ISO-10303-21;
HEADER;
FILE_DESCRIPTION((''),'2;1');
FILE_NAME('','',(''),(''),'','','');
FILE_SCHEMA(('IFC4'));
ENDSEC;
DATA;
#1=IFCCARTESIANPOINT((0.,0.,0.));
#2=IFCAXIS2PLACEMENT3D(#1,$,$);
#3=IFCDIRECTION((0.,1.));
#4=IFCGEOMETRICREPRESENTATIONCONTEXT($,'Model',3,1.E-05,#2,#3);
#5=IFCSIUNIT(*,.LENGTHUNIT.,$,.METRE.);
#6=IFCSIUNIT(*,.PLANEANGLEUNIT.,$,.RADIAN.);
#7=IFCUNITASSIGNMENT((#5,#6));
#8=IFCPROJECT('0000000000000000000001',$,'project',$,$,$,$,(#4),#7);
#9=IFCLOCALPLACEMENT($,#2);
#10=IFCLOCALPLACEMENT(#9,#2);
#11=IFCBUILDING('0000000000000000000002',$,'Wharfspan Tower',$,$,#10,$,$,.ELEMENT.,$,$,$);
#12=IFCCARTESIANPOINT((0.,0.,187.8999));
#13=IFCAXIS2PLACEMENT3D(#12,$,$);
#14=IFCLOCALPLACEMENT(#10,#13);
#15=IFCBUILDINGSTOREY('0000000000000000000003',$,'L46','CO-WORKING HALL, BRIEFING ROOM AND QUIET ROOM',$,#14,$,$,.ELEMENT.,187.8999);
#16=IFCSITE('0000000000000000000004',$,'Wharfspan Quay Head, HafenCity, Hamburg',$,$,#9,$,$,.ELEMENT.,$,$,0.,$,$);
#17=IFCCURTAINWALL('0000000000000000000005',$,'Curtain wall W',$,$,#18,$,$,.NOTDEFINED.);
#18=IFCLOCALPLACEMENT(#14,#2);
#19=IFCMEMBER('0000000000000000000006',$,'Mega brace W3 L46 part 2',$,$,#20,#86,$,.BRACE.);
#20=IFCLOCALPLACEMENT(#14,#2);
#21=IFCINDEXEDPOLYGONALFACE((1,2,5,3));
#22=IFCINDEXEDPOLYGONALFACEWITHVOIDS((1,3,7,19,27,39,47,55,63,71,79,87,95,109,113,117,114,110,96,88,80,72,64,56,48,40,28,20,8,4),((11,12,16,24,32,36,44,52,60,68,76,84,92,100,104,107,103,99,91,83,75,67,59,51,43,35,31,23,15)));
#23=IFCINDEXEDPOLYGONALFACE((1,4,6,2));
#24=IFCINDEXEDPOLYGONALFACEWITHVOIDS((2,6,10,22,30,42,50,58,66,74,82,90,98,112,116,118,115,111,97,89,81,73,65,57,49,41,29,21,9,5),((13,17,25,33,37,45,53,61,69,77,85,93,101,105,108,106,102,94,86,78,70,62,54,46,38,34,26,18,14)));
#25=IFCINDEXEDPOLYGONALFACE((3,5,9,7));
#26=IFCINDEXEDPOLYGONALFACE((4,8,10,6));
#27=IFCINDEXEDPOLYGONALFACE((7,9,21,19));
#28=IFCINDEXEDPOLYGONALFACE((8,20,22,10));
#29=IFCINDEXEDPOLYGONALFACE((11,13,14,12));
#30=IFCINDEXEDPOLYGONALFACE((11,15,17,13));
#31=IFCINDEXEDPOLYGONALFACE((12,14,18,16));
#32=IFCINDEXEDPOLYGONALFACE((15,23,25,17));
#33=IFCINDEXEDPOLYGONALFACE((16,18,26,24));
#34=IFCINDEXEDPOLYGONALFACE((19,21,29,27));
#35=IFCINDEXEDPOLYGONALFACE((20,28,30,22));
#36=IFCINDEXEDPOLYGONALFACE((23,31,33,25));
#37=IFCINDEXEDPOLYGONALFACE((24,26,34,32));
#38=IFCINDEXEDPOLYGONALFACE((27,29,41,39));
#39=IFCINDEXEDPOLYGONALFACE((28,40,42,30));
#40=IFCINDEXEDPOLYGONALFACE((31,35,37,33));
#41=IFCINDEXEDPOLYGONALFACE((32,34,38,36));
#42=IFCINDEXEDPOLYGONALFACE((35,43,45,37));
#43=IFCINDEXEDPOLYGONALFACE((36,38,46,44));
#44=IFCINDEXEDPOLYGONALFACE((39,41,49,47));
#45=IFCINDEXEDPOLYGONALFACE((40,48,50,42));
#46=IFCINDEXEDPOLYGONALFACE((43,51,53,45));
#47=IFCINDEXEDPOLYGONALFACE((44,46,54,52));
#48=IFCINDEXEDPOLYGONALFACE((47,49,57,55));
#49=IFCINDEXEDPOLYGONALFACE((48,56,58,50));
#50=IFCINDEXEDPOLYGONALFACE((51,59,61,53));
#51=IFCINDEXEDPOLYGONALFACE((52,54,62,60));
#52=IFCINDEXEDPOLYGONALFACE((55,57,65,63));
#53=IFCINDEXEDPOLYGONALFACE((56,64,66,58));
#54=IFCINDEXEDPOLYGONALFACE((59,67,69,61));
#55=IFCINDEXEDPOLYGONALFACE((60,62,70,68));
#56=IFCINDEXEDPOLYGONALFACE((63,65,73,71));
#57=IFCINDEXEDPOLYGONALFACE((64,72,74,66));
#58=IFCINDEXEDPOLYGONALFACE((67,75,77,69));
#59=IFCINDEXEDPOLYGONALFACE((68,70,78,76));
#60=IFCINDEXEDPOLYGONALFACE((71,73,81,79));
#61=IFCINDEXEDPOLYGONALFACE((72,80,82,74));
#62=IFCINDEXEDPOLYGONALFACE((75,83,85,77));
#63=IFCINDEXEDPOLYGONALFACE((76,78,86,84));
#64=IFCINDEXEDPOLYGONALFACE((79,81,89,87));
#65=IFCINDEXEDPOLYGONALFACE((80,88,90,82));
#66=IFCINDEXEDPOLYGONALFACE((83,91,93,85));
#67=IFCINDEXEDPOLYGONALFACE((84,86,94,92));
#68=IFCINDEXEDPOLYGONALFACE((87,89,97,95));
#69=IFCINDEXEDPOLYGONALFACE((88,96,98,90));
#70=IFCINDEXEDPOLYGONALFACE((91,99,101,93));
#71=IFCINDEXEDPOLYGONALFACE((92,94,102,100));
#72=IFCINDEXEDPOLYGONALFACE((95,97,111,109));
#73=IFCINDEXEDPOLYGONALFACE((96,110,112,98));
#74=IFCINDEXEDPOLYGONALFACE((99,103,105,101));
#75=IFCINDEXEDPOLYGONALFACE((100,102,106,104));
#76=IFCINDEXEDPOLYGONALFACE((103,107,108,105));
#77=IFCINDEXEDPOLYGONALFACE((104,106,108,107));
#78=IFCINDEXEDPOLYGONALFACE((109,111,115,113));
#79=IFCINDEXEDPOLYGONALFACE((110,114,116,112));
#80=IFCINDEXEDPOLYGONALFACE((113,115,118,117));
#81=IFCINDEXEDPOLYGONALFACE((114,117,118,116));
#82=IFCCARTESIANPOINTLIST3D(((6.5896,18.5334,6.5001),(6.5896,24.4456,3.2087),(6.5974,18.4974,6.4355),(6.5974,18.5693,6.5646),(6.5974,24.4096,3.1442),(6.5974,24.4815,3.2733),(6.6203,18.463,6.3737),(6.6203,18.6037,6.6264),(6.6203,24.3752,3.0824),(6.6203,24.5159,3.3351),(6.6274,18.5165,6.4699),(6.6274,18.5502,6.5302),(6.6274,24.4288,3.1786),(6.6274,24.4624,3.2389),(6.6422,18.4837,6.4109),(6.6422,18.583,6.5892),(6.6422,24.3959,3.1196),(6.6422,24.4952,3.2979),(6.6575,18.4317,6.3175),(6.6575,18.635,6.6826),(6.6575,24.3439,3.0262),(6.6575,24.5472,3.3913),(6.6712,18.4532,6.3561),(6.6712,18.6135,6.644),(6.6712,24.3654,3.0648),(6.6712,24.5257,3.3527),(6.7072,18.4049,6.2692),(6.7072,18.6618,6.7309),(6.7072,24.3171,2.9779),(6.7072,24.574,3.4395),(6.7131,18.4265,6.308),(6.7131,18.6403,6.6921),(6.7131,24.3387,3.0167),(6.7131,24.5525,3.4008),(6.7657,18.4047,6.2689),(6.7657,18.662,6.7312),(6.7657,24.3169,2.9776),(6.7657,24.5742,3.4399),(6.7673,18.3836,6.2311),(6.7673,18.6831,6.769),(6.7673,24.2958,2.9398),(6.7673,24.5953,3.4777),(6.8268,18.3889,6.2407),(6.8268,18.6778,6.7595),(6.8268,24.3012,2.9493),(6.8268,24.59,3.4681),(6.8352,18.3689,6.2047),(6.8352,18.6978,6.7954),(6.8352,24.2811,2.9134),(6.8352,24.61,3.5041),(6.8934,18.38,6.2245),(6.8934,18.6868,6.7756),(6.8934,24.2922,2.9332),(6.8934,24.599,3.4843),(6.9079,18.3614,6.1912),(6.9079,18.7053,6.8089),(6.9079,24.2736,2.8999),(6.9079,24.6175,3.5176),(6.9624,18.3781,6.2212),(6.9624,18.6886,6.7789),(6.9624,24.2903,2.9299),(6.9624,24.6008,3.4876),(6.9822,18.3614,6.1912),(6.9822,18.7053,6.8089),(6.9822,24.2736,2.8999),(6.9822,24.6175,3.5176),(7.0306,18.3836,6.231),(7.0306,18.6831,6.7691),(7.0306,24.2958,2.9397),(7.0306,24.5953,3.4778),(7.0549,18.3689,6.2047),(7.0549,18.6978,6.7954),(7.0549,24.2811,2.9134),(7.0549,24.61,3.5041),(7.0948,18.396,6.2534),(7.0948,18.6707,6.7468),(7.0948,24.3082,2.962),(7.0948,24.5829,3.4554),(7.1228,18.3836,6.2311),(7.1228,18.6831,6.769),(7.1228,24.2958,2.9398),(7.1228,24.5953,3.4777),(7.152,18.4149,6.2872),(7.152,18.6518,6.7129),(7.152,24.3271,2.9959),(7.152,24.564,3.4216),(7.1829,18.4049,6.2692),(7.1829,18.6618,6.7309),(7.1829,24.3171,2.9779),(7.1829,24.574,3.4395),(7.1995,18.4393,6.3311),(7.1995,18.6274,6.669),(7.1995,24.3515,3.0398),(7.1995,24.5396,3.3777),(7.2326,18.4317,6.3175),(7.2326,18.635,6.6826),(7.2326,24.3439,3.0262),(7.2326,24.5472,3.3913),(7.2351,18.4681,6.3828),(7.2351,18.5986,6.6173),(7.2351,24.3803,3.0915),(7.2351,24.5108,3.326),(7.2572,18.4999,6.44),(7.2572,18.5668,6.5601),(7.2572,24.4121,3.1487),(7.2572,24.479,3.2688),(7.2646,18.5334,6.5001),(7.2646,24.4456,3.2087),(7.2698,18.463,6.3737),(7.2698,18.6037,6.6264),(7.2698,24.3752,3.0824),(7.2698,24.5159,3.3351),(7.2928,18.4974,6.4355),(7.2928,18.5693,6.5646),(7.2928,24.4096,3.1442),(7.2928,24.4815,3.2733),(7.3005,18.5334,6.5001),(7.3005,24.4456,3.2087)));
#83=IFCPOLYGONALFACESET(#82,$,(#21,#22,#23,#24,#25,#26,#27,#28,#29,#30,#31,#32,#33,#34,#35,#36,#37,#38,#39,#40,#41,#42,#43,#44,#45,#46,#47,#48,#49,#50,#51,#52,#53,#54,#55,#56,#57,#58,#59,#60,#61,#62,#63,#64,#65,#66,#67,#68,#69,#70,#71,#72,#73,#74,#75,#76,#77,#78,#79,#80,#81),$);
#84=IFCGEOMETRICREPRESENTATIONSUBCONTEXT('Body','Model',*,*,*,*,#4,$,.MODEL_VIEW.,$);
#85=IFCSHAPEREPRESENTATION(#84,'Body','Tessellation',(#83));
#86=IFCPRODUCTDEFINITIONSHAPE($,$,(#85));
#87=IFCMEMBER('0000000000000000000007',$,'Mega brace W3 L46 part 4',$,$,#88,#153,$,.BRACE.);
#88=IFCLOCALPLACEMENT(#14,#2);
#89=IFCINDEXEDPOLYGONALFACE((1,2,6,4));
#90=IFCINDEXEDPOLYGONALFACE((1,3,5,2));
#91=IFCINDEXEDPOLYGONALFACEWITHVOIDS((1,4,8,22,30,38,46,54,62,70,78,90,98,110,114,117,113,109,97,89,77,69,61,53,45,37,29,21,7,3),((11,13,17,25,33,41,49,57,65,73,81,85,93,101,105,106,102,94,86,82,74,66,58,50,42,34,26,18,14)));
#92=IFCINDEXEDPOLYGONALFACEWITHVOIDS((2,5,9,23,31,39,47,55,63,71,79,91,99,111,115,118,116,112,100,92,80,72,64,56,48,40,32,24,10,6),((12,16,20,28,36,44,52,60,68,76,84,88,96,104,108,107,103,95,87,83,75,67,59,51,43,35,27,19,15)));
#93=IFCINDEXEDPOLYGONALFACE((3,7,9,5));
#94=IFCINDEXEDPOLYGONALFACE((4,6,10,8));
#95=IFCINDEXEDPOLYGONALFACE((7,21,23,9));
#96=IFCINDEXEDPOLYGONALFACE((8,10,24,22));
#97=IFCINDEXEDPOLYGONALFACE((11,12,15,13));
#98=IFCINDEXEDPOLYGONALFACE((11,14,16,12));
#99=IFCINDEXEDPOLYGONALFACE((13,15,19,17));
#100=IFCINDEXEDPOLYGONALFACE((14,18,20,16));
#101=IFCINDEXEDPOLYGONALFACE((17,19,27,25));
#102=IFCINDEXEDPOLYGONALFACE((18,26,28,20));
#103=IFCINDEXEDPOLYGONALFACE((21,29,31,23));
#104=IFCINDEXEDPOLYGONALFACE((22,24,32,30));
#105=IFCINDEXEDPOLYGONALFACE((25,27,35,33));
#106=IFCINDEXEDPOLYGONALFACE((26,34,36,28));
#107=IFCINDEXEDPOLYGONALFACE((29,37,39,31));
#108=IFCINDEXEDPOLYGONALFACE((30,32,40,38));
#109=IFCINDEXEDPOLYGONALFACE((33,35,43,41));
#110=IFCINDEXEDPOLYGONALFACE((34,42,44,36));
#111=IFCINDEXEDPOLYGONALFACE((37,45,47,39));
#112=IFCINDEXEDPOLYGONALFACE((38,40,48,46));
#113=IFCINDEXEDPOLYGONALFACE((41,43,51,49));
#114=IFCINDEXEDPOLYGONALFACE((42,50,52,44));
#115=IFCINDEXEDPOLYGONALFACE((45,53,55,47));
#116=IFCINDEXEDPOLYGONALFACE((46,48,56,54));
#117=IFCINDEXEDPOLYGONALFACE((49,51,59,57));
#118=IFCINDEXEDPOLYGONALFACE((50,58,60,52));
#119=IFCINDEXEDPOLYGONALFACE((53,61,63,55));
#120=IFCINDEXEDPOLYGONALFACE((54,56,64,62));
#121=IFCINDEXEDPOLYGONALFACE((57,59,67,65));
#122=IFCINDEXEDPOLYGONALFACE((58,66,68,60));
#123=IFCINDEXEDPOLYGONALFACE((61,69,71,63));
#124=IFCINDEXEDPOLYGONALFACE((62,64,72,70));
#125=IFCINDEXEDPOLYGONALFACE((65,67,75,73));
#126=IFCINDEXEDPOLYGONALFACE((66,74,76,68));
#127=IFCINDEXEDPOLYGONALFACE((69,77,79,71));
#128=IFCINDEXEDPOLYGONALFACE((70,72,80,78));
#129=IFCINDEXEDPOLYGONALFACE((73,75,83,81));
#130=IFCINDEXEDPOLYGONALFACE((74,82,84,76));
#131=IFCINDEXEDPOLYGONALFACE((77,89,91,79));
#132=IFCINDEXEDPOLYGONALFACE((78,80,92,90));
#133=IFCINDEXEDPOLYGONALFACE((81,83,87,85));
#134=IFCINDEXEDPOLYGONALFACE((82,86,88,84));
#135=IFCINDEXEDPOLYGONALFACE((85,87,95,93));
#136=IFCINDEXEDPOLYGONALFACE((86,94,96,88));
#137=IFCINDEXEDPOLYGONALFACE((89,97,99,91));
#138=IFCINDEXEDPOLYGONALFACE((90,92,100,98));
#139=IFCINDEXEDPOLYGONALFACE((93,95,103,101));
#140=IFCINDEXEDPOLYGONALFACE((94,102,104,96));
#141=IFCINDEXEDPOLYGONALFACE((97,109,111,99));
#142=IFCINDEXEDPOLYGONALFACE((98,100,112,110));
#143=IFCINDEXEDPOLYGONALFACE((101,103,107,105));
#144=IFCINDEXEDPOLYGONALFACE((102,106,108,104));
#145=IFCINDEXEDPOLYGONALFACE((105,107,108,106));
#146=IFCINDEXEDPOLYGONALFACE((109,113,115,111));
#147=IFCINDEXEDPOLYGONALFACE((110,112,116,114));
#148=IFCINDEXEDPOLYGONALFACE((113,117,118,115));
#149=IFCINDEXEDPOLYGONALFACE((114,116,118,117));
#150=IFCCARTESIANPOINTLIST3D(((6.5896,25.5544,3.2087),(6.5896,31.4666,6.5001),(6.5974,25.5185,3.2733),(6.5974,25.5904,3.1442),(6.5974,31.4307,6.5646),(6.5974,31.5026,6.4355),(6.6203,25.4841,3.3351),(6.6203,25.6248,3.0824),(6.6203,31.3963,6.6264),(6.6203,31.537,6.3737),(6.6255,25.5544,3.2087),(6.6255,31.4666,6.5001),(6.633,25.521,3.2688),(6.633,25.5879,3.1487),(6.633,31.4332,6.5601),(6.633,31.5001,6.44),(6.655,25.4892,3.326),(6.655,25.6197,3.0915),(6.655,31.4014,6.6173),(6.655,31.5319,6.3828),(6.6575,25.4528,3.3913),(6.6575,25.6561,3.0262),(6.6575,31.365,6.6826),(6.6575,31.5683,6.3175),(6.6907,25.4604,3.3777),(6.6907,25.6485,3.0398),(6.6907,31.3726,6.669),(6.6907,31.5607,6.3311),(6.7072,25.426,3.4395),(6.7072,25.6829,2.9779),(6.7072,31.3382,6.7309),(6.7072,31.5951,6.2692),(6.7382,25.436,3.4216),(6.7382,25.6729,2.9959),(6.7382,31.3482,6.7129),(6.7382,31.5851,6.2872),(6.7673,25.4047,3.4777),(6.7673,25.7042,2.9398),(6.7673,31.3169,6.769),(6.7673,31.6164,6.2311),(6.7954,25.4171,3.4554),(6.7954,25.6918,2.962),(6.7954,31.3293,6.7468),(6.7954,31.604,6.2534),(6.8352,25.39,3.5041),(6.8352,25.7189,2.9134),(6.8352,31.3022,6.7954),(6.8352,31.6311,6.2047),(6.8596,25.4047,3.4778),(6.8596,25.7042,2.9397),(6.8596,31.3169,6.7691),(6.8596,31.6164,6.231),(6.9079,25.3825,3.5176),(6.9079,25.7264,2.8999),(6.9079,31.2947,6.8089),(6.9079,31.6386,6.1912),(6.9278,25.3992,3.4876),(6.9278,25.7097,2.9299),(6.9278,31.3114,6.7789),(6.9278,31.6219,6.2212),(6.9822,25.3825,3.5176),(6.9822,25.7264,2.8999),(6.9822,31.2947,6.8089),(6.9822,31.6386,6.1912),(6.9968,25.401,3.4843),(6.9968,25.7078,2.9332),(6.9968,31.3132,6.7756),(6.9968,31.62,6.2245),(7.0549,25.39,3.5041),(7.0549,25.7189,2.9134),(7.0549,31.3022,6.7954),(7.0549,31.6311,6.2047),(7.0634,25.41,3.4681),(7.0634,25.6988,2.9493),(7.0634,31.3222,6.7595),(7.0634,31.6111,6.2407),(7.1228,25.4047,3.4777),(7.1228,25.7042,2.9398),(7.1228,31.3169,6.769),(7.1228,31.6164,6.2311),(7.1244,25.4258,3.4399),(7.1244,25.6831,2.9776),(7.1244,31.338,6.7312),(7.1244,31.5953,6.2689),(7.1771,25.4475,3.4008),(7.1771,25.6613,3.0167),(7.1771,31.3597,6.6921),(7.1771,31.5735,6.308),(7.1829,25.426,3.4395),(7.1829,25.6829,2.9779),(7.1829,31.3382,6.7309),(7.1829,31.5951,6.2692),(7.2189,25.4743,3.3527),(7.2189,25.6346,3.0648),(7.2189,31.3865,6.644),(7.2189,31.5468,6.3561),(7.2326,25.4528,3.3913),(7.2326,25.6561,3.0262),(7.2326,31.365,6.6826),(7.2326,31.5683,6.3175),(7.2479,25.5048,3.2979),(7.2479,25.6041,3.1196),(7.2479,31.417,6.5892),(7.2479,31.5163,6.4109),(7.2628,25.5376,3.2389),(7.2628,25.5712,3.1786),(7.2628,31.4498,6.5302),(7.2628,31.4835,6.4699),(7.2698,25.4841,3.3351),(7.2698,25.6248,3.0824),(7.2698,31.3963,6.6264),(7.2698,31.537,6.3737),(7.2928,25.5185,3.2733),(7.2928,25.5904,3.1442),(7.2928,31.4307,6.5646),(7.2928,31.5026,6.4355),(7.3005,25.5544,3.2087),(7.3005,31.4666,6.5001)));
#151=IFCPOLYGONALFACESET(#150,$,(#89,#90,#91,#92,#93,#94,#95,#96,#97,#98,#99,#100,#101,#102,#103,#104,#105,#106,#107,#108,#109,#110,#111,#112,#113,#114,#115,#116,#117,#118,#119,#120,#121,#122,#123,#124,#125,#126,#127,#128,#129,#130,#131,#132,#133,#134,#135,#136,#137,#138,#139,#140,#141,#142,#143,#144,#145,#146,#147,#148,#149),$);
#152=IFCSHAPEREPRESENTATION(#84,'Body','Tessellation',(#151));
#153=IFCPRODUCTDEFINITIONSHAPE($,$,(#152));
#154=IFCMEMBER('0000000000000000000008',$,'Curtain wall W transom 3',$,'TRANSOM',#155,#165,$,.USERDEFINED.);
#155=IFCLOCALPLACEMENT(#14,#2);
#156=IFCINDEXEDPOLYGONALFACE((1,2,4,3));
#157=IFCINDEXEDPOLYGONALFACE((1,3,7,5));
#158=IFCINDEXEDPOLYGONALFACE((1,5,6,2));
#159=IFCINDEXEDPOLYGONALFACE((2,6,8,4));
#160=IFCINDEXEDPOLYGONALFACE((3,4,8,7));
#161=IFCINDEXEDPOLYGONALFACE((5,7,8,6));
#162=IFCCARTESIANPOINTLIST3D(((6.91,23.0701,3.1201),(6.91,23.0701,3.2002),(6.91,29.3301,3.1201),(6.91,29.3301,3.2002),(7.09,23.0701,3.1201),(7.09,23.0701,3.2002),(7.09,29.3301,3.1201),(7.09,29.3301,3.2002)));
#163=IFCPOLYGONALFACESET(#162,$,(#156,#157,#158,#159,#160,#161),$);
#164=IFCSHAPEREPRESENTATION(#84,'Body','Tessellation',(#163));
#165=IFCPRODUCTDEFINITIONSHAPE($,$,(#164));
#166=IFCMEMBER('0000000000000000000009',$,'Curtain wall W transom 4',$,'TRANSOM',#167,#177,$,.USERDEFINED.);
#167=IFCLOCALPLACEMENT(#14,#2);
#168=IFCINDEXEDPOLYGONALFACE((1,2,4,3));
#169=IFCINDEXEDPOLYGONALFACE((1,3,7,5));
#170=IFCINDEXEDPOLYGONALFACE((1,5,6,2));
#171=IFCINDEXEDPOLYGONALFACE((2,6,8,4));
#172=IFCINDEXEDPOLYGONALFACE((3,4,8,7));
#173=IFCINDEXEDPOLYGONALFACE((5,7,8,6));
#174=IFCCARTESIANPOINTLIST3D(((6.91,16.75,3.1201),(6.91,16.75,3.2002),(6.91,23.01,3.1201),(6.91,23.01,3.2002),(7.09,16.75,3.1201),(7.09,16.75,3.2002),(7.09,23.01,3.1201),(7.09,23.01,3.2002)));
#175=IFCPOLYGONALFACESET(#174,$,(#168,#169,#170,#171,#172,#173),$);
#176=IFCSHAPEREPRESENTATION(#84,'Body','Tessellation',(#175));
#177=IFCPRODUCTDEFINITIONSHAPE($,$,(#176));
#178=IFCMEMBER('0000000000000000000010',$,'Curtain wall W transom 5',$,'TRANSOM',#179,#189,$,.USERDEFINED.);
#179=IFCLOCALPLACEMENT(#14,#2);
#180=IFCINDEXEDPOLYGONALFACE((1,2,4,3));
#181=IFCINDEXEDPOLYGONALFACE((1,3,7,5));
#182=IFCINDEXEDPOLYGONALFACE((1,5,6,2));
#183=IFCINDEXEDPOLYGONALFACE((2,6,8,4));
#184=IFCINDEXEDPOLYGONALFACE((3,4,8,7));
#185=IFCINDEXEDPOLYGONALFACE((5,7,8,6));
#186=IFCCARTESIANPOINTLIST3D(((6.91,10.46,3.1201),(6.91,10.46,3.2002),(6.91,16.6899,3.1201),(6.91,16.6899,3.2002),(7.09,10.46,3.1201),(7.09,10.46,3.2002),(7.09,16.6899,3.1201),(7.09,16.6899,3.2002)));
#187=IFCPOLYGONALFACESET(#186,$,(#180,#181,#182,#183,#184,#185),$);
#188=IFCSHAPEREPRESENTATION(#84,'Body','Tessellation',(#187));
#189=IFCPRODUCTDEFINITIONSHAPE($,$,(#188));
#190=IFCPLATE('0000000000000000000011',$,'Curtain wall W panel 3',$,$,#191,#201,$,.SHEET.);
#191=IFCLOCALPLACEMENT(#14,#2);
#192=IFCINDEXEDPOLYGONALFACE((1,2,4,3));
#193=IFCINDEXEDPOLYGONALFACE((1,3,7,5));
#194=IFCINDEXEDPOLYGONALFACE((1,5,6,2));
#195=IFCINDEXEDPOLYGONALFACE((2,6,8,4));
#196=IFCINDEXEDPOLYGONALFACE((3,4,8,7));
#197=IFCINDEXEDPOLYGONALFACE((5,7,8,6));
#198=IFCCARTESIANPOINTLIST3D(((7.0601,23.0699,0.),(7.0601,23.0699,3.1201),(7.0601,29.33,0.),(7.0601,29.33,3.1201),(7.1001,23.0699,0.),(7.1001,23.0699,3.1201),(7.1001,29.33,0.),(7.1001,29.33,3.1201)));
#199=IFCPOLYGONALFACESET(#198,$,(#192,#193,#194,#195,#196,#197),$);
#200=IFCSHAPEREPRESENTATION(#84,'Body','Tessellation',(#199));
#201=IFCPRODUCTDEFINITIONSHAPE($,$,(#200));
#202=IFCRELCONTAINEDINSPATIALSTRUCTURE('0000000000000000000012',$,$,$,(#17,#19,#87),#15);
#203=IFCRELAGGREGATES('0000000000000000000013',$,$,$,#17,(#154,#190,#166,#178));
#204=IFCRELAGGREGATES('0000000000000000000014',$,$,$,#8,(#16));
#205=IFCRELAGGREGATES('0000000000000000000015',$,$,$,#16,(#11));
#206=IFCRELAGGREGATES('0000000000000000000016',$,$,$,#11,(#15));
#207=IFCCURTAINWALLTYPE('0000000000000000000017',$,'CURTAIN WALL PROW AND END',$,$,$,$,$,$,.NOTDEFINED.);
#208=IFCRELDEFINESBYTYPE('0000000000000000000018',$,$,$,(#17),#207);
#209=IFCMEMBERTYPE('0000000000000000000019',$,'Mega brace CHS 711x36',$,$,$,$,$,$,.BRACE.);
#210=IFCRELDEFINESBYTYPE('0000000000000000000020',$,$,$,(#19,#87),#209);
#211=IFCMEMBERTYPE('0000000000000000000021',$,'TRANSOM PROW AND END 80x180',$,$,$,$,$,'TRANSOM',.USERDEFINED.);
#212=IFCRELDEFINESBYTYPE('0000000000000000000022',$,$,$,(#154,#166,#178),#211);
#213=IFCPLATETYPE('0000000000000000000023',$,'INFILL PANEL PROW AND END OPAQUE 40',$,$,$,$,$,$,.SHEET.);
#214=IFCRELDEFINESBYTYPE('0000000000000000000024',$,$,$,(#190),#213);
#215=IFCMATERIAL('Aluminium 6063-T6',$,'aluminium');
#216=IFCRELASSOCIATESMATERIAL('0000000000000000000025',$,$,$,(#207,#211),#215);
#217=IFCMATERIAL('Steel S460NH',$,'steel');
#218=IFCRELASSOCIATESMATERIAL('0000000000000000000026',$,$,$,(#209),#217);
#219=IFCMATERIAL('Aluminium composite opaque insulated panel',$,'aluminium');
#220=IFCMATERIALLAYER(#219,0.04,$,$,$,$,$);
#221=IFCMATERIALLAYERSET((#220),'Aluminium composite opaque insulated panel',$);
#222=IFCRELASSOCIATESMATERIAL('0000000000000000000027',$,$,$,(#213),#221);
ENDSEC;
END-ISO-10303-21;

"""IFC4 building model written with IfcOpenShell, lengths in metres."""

from ifc_helpers import new_model, si_unit, direction, frame, origin, origin_2d, place, context, subcontext, project, spatial, rectangle, hollow_circle, extrude, material, layer, layer_set, material_profile, profile_set, type_object, element, aggregate, save


model = new_model("IFC4")

# Units and contexts
model_context = context("Model", 3, precision=1e-05, world=origin(), true_north=direction((0.0, 1.0)))
body_context = subcontext(model_context, "Body", "Model", "MODEL_VIEW")
ifc_project = project(units=[si_unit("LENGTHUNIT", "METRE"), si_unit("PLANEANGLEUNIT", "RADIAN")], contexts=[model_context])

# Site, building, storey
site_placement = place(None, origin())
site = spatial("IfcSite", under=ifc_project, at=site_placement, Name="Wharfspan Quay Head, HafenCity, Hamburg", CompositionType="ELEMENT", RefElevation=0.0)
building_placement = place(site_placement, origin())
building = spatial("IfcBuilding", under=site, at=building_placement, Name="Wharfspan Tower", CompositionType="ELEMENT")
storey_placement = place(building_placement, frame((0.0, 0.0, 187.8999)))
storey = spatial("IfcBuildingStorey", under=building, at=storey_placement, Name="L46", Description="CO-WORKING HALL, BRIEFING ROOM AND QUIET ROOM", CompositionType="ELEMENT", Elevation=187.8999)

# Curtain wall
ifc_material_1 = material(Name="Aluminium 6063-T6", Category="aluminium")
curtain_wall_type = type_object("IfcCurtainWallType", Name="CURTAIN WALL PROW AND END", PredefinedType="NOTDEFINED", material=ifc_material_1)
curtain_wall_placement = place(storey_placement, origin())
curtain_wall = element("IfcCurtainWall", 1, at=curtain_wall_placement, inside=storey, type_object=curtain_wall_type, Name="Curtain wall W", PredefinedType="NOTDEFINED")

# Members
ifc_material_2 = material(Name="Steel S460NH", Category="steel")
ifc_material_profile_1 = material_profile(ifc_material_2, hollow_circle(Radius=0.3555, WallThickness=0.0359, at=origin_2d()))
ifc_profile_set_1 = profile_set([ifc_material_profile_1], Name="Steel S460NH")
member_type_1 = type_object("IfcMemberType", Name="Mega brace CHS 711x36", PredefinedType="BRACE", material=ifc_profile_set_1)
for number, where, z_axis, x_axis, name in (
    (2, (6.9451, 24.4456, 3.2087), (0.0, -0.873733, 0.486406), (1.0, 0.0, 0.0), "Mega brace W3 L46 part 2"),
    (3, (6.9451, 25.5544, 3.2087), (0.0, 0.873733, 0.486406), (-1.0, 0.0, 0.0), "Mega brace W3 L46 part 4"),
):
    element("IfcMember", number, at=place(storey_placement, frame(where, z_axis=z_axis, x_axis=x_axis)), inside=storey, type_object=member_type_1, Name=name, PredefinedType="BRACE", context=body_context, shape_type="SweptSolid", body=[
        extrude(hollow_circle(Radius=0.3555, WallThickness=0.0359, at=origin_2d()), origin(), (0.0, 0.0, 1.0), 6.7666),
    ])

# Members
ifc_material_profile_2 = material_profile(ifc_material_1, rectangle(XDim=0.1799, YDim=0.0801, at=origin_2d()))
ifc_profile_set_2 = profile_set([ifc_material_profile_2], Name="Aluminium 6063-T6")
member_type_2 = type_object("IfcMemberType", Name="TRANSOM PROW AND END 80x180", ElementType="TRANSOM", PredefinedType="USERDEFINED", material=ifc_profile_set_2)
member_1_placement = place(storey_placement, frame((7.0, 29.3301, 3.1602), z_axis=(0.0, -1.0, 0.0), x_axis=(1.0, 0.0, 0.0)))
member_1 = element("IfcMember", 4, at=member_1_placement, type_object=member_type_2, Name="Curtain wall W transom 3", ObjectType="TRANSOM", PredefinedType="USERDEFINED", context=body_context, shape_type="SweptSolid", body=[
    extrude(rectangle(XDim=0.1799, YDim=0.0801, at=origin_2d()), origin(), (0.0, 0.0, 1.0), 6.26),
])
member_2_placement = place(storey_placement, frame((7.0, 23.01, 3.1602), z_axis=(0.0, -1.0, 0.0), x_axis=(1.0, 0.0, 0.0)))
member_2 = element("IfcMember", 5, at=member_2_placement, type_object=member_type_2, Name="Curtain wall W transom 4", ObjectType="TRANSOM", PredefinedType="USERDEFINED", context=body_context, shape_type="SweptSolid", body=[
    extrude(rectangle(XDim=0.1799, YDim=0.0801, at=origin_2d()), origin(), (0.0, 0.0, 1.0), 6.26),
])
member_3_placement = place(storey_placement, frame((7.0, 16.6899, 3.1602), z_axis=(0.0, -1.0, 0.0), x_axis=(1.0, 0.0, 0.0)))
member_3 = element("IfcMember", 6, at=member_3_placement, type_object=member_type_2, Name="Curtain wall W transom 5", ObjectType="TRANSOM", PredefinedType="USERDEFINED", context=body_context, shape_type="SweptSolid", body=[
    extrude(rectangle(XDim=0.1799, YDim=0.0801, at=origin_2d()), origin(), (0.0, 0.0, 1.0), 6.23),
])

# Plate
ifc_material_3 = material(Name="Aluminium composite opaque insulated panel", Category="aluminium")
ifc_layer_1 = layer(ifc_material_3, 0.04)
ifc_layer_set_1 = layer_set([ifc_layer_1], Name="Aluminium composite opaque insulated panel")
plate_type = type_object("IfcPlateType", Name="INFILL PANEL PROW AND END OPAQUE 40", PredefinedType="SHEET", material=ifc_layer_set_1)
plate_1_placement = place(storey_placement, frame((7.0801, 26.2, 0.0), z_axis=(0.0, 0.0, 1.0), x_axis=(0.0, -1.0, 0.0)))
plate_1 = element("IfcPlate", 7, at=plate_1_placement, type_object=plate_type, Name="Curtain wall W panel 3", PredefinedType="SHEET", context=body_context, shape_type="SweptSolid", body=[
    extrude(rectangle(XDim=6.26, YDim=0.04, at=origin_2d()), origin(), (0.0, 0.0, 1.0), 3.1201),
])
aggregate(curtain_wall, [member_1, plate_1, member_2, member_3])

save(model, "model.ifc")
